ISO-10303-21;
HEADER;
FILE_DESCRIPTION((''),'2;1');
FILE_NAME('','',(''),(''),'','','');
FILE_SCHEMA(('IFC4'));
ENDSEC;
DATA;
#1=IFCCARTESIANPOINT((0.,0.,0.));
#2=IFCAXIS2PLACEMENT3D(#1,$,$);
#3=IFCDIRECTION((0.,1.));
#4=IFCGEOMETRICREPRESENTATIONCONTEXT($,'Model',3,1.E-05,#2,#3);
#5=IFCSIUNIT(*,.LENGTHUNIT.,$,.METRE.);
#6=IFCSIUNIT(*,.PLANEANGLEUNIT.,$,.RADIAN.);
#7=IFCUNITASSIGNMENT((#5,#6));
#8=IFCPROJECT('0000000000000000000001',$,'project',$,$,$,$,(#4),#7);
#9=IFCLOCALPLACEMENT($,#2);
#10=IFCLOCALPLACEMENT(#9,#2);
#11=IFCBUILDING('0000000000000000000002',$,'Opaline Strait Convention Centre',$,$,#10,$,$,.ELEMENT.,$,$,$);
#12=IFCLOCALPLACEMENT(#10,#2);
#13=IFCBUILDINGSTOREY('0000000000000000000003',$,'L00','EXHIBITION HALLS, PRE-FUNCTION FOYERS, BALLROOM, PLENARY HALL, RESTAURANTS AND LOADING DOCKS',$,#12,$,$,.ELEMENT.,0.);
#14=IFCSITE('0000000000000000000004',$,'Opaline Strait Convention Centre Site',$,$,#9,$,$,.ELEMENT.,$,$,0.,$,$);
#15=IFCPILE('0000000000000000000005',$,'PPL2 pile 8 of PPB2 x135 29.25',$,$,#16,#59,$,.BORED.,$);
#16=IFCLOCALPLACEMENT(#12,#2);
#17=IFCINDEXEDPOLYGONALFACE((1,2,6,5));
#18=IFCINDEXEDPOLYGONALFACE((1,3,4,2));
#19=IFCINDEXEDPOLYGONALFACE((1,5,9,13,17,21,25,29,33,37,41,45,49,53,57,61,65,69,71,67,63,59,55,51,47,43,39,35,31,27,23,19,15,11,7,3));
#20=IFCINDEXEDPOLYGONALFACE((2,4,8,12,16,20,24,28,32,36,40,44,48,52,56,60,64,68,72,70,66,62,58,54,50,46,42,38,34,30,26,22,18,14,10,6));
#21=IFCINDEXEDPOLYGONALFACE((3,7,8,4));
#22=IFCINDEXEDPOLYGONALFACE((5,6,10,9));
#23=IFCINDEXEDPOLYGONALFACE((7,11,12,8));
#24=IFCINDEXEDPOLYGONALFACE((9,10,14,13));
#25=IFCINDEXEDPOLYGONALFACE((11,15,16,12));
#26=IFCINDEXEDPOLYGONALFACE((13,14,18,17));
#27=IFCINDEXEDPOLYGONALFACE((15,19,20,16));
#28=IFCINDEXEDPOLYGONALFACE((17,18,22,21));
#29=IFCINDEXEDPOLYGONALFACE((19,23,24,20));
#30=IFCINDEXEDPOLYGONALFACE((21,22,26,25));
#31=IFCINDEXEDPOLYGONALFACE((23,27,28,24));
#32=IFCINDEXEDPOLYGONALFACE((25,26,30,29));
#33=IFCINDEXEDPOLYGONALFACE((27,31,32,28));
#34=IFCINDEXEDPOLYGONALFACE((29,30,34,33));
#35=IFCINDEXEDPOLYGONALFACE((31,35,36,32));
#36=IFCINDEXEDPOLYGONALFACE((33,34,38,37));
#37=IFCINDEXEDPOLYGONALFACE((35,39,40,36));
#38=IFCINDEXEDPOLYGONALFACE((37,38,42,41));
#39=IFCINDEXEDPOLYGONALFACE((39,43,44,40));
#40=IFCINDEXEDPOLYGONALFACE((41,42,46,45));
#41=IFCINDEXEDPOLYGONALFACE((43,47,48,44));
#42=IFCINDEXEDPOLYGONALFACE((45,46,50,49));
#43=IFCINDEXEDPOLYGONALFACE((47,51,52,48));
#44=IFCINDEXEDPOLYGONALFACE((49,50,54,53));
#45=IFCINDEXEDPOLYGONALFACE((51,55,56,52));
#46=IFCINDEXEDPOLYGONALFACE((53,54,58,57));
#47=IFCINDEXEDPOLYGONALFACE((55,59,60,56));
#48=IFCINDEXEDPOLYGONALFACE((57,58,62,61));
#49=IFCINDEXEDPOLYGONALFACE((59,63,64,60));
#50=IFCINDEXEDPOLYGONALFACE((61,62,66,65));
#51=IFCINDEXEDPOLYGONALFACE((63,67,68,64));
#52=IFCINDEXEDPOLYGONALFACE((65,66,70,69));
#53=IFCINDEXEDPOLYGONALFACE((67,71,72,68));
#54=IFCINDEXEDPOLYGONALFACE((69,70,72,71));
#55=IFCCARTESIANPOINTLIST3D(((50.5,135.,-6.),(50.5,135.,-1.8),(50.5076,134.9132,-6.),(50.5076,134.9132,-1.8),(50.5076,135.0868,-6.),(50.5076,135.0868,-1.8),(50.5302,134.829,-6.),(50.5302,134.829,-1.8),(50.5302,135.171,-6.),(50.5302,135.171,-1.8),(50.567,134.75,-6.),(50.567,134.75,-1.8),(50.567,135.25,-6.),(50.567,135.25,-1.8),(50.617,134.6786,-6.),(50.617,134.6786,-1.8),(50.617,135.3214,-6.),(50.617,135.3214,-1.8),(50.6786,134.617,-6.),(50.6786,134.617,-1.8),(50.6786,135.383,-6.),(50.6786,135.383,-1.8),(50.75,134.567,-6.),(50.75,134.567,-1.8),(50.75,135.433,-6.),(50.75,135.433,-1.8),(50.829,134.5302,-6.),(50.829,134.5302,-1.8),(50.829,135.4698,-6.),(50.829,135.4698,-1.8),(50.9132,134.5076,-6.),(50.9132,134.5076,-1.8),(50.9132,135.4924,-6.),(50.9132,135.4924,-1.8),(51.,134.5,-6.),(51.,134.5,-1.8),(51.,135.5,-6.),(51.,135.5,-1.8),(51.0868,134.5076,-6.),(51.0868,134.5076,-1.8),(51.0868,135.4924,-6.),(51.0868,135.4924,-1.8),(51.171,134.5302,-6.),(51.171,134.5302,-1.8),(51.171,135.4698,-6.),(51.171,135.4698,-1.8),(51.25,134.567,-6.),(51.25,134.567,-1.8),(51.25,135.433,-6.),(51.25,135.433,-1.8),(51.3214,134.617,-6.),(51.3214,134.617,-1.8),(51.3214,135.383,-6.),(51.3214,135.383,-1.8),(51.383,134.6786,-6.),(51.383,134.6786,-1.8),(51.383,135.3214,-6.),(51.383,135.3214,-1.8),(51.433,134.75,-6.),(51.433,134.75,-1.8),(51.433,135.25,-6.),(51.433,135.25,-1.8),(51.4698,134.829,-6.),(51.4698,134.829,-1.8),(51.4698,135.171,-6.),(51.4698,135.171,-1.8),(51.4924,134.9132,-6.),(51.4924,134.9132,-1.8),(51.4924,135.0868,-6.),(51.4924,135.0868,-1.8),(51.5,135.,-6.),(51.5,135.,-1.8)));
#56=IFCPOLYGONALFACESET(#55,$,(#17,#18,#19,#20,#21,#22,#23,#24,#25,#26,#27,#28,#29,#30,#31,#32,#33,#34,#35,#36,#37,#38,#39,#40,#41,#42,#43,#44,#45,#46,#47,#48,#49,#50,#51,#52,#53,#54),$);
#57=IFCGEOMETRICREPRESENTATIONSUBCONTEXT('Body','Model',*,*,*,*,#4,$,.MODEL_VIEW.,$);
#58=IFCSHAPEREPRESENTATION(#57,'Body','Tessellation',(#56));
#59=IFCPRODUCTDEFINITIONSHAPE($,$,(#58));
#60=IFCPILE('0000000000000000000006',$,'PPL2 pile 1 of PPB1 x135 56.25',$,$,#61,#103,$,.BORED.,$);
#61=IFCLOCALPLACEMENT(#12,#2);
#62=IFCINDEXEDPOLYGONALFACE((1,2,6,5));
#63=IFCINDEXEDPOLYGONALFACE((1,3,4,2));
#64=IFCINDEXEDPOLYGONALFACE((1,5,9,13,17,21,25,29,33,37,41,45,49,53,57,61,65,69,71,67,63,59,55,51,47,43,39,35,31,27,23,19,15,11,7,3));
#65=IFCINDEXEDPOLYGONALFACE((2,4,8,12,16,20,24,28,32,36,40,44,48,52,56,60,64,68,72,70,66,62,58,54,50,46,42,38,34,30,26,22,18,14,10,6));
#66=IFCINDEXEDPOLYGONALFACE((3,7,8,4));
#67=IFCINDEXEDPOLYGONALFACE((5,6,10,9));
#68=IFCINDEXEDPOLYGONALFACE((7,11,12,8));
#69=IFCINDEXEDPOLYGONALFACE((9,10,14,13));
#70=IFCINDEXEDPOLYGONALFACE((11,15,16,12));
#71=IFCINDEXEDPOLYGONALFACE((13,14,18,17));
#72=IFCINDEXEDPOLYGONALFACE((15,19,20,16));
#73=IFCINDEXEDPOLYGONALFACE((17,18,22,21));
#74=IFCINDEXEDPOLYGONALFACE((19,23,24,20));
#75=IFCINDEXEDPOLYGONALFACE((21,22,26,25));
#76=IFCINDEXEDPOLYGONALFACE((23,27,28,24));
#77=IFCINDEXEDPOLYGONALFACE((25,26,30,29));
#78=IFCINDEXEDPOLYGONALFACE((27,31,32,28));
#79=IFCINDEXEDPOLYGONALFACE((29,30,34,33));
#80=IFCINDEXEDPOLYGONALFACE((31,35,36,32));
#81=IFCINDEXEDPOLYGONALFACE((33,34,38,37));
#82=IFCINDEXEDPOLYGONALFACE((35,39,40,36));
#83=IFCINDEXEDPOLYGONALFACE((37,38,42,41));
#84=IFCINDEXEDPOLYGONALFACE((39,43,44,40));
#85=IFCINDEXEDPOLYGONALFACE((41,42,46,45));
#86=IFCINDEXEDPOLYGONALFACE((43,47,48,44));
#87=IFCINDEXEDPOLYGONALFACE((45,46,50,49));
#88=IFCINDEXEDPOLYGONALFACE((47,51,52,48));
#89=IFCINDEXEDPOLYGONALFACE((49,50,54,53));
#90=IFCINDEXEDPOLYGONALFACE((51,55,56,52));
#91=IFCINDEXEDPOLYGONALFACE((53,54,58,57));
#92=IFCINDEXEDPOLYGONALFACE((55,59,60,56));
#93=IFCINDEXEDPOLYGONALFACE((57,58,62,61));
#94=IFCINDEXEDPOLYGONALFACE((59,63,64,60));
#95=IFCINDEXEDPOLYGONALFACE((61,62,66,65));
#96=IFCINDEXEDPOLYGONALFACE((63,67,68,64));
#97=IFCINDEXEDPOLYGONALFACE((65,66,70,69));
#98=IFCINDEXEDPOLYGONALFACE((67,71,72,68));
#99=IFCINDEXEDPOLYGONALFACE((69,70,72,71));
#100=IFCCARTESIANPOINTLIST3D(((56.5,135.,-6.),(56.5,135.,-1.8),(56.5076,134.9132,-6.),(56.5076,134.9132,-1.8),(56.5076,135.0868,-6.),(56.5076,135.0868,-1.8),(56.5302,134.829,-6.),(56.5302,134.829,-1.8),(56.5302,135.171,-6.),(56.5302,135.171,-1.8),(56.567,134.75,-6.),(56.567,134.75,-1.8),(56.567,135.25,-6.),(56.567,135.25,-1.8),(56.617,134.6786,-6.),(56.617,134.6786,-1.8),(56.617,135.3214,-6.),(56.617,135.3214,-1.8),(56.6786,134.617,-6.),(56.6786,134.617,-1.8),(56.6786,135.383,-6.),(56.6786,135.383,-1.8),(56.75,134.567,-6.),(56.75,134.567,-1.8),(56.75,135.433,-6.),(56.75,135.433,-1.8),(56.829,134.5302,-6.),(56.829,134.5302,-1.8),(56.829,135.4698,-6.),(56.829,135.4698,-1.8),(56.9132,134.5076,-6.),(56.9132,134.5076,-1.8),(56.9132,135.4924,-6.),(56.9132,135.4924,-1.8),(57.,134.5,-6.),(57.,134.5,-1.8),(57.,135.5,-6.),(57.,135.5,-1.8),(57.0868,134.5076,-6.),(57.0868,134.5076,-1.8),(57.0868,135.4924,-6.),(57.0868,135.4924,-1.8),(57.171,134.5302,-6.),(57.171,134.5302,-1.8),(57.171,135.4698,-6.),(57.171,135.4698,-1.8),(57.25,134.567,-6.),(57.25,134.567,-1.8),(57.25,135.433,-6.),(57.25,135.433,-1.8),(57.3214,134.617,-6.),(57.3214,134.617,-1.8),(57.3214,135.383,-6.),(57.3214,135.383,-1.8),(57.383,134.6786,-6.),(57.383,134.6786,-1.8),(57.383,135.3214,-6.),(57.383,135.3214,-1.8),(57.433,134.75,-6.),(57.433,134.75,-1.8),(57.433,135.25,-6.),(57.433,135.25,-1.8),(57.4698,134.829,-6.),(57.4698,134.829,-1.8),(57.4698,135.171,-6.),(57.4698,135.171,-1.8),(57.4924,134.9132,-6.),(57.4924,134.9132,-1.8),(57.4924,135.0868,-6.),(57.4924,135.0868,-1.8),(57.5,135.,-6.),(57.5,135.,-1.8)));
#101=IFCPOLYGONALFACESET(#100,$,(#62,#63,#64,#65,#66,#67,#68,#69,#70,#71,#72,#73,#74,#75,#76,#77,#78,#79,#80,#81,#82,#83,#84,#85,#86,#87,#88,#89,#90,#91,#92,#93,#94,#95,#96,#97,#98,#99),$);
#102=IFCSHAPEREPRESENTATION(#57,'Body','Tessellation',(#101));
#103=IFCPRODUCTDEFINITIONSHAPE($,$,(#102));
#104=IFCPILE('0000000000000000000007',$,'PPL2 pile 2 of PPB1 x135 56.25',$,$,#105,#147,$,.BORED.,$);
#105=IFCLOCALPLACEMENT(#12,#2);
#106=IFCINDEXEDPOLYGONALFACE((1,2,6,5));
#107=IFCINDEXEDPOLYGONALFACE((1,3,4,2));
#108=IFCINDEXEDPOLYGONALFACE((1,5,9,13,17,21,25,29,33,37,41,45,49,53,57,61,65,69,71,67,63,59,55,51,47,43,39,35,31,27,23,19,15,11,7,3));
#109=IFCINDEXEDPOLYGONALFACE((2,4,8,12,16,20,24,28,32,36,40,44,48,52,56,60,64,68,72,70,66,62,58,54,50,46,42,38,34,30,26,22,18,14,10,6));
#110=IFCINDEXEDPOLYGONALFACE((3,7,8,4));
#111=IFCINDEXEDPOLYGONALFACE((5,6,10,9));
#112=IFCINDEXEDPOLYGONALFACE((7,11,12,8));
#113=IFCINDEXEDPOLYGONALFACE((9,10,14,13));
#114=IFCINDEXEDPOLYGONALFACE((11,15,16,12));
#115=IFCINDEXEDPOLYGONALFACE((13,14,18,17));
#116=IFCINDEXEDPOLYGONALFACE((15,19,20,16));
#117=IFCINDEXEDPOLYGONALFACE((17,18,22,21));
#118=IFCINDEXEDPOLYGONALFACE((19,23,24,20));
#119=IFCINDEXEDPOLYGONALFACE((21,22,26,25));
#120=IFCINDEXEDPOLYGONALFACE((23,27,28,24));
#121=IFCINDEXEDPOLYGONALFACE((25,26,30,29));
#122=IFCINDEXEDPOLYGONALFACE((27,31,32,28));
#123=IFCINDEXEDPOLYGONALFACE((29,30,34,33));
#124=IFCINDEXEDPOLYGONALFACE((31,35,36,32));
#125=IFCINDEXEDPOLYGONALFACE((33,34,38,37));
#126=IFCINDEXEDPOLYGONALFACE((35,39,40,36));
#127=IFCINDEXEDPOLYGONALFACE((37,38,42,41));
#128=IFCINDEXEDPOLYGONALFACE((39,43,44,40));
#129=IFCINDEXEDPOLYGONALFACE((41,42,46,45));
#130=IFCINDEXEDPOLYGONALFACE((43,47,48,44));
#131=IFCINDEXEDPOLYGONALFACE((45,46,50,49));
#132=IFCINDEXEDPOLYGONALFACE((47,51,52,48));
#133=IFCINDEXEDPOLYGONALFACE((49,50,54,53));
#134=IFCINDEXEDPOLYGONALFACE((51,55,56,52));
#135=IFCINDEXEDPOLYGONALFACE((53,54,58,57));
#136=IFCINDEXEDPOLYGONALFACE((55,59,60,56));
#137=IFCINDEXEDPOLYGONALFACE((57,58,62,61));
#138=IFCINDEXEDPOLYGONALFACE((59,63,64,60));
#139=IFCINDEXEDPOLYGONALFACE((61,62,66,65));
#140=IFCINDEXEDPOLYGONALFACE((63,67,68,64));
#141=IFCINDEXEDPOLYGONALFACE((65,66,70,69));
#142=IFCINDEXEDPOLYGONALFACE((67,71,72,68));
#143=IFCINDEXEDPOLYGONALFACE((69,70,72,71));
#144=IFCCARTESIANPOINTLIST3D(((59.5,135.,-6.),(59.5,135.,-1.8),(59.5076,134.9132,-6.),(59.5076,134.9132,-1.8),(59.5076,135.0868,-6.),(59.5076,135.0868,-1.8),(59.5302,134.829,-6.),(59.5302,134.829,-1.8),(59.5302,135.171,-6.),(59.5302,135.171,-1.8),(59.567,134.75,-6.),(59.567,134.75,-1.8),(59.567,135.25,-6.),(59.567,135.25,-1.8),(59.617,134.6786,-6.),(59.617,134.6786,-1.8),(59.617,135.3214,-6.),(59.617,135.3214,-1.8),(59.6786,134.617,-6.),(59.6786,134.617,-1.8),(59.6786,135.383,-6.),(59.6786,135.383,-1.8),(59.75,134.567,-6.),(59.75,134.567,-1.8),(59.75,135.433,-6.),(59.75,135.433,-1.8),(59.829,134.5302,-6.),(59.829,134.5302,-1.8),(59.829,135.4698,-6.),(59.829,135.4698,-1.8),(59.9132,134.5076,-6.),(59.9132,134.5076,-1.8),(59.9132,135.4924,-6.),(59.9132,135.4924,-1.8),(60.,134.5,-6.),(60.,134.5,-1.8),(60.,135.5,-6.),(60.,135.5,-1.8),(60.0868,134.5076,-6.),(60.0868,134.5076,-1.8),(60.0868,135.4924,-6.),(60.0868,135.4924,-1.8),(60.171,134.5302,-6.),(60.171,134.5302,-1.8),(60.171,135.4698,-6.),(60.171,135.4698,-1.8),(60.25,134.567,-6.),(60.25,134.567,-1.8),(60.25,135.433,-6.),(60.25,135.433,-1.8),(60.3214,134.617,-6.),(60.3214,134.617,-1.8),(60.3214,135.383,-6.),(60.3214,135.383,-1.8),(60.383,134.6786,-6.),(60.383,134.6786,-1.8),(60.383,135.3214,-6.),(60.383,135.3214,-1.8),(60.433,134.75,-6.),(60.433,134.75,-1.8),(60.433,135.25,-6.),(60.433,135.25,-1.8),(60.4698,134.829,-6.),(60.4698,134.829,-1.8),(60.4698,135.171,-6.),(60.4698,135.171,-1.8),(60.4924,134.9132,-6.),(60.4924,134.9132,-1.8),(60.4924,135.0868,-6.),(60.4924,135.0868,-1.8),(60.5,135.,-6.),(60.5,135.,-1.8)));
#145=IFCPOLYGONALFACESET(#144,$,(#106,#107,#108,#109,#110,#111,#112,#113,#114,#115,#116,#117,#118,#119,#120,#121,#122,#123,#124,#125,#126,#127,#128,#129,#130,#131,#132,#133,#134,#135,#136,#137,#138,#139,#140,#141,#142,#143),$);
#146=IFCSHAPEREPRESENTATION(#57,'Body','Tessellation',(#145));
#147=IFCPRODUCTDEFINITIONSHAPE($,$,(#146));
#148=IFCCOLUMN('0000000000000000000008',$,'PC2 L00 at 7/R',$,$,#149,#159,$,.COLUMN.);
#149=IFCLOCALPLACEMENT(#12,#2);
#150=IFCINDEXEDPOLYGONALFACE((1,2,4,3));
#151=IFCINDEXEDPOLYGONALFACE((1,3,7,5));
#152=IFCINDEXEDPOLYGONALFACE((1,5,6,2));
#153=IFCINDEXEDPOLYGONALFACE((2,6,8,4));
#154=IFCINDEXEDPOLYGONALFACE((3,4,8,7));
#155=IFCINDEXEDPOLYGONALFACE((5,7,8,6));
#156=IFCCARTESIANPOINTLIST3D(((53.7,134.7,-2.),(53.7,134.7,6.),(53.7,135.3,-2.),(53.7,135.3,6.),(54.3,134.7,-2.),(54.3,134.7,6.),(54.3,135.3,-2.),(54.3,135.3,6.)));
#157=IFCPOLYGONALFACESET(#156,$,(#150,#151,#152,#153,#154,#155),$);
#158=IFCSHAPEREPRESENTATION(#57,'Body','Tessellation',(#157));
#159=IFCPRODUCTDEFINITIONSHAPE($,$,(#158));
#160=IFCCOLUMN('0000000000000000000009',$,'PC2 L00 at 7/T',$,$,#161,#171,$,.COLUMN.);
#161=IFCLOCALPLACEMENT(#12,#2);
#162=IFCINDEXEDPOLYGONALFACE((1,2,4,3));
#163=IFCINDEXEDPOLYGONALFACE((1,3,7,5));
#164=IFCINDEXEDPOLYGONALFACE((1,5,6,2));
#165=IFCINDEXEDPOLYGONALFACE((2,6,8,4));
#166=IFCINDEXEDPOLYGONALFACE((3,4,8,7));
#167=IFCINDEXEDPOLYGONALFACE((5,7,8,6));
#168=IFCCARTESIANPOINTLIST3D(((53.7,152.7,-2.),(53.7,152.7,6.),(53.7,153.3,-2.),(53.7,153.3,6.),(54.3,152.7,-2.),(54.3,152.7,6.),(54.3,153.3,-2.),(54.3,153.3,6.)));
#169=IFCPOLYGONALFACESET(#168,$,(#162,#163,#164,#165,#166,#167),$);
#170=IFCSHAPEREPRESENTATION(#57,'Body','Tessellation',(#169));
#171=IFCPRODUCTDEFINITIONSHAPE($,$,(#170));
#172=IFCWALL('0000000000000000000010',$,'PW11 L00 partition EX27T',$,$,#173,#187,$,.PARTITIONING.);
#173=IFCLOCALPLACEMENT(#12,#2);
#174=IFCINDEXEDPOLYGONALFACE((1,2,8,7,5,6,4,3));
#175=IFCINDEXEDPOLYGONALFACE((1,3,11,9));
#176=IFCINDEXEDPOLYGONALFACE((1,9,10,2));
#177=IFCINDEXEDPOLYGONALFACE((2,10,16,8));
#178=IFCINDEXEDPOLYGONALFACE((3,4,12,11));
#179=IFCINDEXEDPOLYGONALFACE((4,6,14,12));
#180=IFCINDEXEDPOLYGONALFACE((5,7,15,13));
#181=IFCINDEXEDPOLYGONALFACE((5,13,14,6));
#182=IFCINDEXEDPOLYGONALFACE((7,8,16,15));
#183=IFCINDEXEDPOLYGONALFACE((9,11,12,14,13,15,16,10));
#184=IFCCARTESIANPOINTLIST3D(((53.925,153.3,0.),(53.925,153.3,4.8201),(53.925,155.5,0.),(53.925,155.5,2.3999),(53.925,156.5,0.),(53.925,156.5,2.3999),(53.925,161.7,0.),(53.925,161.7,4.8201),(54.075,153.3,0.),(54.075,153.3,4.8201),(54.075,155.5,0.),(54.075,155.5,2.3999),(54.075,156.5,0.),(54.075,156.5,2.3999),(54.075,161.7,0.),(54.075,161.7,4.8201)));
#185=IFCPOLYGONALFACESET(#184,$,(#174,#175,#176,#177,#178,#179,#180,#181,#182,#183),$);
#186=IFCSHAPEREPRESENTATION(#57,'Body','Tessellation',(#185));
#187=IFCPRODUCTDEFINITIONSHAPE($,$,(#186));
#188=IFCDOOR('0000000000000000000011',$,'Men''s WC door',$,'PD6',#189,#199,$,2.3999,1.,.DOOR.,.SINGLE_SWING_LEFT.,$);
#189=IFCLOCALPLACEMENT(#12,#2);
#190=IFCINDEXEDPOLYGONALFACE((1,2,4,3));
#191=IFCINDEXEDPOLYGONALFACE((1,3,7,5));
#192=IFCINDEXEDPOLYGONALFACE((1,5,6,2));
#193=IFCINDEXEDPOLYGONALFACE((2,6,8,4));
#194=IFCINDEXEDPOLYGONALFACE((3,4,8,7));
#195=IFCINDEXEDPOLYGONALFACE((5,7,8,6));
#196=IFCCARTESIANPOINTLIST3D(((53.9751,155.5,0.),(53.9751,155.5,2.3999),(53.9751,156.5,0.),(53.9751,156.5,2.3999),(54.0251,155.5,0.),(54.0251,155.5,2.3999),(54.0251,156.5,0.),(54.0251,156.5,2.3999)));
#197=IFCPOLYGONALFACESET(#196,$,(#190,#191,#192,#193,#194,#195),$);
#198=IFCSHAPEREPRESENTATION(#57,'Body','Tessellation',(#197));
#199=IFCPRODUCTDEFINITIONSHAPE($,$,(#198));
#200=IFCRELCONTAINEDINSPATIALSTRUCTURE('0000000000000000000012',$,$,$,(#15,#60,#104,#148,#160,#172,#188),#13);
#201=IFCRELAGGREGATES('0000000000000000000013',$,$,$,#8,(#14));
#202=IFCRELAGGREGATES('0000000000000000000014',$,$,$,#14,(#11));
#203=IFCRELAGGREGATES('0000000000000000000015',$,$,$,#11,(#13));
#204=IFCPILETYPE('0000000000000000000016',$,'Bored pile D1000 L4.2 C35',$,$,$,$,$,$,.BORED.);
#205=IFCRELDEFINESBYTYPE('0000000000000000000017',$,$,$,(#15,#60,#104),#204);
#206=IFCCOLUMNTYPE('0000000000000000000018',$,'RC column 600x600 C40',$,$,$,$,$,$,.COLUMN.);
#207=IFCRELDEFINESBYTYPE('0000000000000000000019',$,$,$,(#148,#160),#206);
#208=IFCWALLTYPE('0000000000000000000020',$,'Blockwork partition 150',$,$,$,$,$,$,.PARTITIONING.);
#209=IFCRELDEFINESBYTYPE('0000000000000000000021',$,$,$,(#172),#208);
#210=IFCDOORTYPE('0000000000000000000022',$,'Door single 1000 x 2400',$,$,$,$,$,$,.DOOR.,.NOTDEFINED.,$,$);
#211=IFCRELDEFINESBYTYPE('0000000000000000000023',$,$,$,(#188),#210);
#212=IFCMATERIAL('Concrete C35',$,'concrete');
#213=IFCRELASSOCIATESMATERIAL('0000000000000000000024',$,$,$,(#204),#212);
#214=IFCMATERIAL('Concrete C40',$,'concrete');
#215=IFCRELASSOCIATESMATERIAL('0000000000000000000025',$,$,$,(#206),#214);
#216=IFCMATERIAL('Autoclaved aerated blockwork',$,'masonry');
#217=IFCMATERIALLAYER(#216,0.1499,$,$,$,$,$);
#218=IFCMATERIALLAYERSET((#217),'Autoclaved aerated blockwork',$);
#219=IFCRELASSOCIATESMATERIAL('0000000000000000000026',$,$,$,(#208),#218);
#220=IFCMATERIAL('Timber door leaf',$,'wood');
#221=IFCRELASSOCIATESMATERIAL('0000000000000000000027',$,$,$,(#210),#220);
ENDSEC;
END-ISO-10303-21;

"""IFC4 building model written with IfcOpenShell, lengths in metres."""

from ifc_helpers import new_model, si_unit, direction, frame, frame_2d, origin, origin_2d, place, context, subcontext, project, spatial, rectangle, circle, extrude, material, layer, layer_set, material_profile, profile_set, type_object, element, fill, save


model = new_model("IFC4")

# Units and contexts
model_context = context("Model", 3, precision=1e-05, world=origin(), true_north=direction((0.0, 1.0)))
body_context = subcontext(model_context, "Body", "Model", "MODEL_VIEW")
ifc_project = project(units=[si_unit("LENGTHUNIT", "METRE"), si_unit("PLANEANGLEUNIT", "RADIAN")], contexts=[model_context])

# Site, building, storey
site_placement = place(None, origin())
site = spatial("IfcSite", under=ifc_project, at=site_placement, Name="Opaline Strait Convention Centre Site", CompositionType="ELEMENT", RefElevation=0.0)
building_placement = place(site_placement, origin())
building = spatial("IfcBuilding", under=site, at=building_placement, Name="Opaline Strait Convention Centre", CompositionType="ELEMENT")
storey_placement = place(building_placement, origin())
storey = spatial("IfcBuildingStorey", under=building, at=storey_placement, Name="L00", Description="EXHIBITION HALLS, PRE-FUNCTION FOYERS, BALLROOM, PLENARY HALL, RESTAURANTS AND LOADING DOCKS", CompositionType="ELEMENT", Elevation=0.0)

# Piles
ifc_material_1 = material(Name="Concrete C35", Category="concrete")
ifc_material_profile_1 = material_profile(ifc_material_1, circle(Radius=0.5, at=origin_2d()), Name="D1000")
ifc_profile_set_1 = profile_set([ifc_material_profile_1], Name="Concrete C35")
pile_type_1 = type_object("IfcPileType", Name="Bored pile D1000 L4.2 C35", PredefinedType="BORED", material=ifc_profile_set_1)
for number, where, z_axis, x_axis, name in (
    (1, (51.0, 135.0, -1.8), (0.0, 0.0, -1.0), (1.0, 0.0, 0.0), "PPL2 pile 8 of PPB2 x135 29.25"),
    (2, (57.0, 135.0, -1.8), (0.0, 0.0, -1.0), (1.0, 0.0, 0.0), "PPL2 pile 1 of PPB1 x135 56.25"),
    (3, (60.0, 135.0, -1.8), (0.0, 0.0, -1.0), (1.0, 0.0, 0.0), "PPL2 pile 2 of PPB1 x135 56.25"),
):
    element("IfcPile", number, at=place(storey_placement, frame(where, z_axis=z_axis, x_axis=x_axis)), inside=storey, type_object=pile_type_1, Name=name, PredefinedType="BORED", context=body_context, shape_type="SweptSolid", body=[
        extrude(circle(Radius=0.5, at=origin_2d()), origin(), (0.0, 0.0, 1.0), 4.2),
    ])

# Columns
ifc_material_2 = material(Name="Concrete C40", Category="concrete")
ifc_material_profile_2 = material_profile(ifc_material_2, rectangle(XDim=0.6001, YDim=0.6001, at=origin_2d()), Name="RC 600x600")
ifc_profile_set_2 = profile_set([ifc_material_profile_2], Name="Concrete C40")
column_type = type_object("IfcColumnType", Name="RC column 600x600 C40", PredefinedType="COLUMN", material=ifc_profile_set_2)
for number, where, z_axis, x_axis, name in (
    (4, (54.0, 135.0, -2.0), (0.0, 0.0, 1.0), (1.0, 0.0, 0.0), "PC2 L00 at 7/R"),
    (5, (54.0, 153.0, -2.0), (0.0, 0.0, 1.0), (1.0, 0.0, 0.0), "PC2 L00 at 7/T"),
):
    element("IfcColumn", number, at=place(storey_placement, frame(where, z_axis=z_axis, x_axis=x_axis)), inside=storey, type_object=column_type, Name=name, PredefinedType="COLUMN", context=body_context, shape_type="SweptSolid", body=[
        extrude(rectangle(XDim=0.6001, YDim=0.6001, at=origin_2d()), origin(), (0.0, 0.0, 1.0), 8.0),
    ])

# Wall, opening, door
ifc_material_3 = material(Name="Autoclaved aerated blockwork", Category="masonry")
ifc_layer_1 = layer(ifc_material_3, 0.1499)
ifc_layer_set_1 = layer_set([ifc_layer_1], Name="Autoclaved aerated blockwork")
wall_type_1 = type_object("IfcWallType", Name="Blockwork partition 150", PredefinedType="PARTITIONING", material=ifc_layer_set_1)
wall_1_placement = place(storey_placement, frame((54.0, 153.3, 0.0), z_axis=(0.0, 0.0, 1.0), x_axis=(0.0, 1.0, 0.0)))
wall_1 = element("IfcWall", 6, at=wall_1_placement, inside=storey, type_object=wall_type_1, Name="PW11 L00 partition EX27T", PredefinedType="PARTITIONING", context=body_context, shape_type="SweptSolid", body=[
    extrude(rectangle(XDim=8.3999, YDim=0.1499, at=frame_2d((4.2, 0.0))), origin(), (0.0, 0.0, 1.0), 4.8201),
])
opening_placement = place(wall_1_placement, frame((2.2, 0.0, 0.0)))
opening = element("IfcOpeningElement", 7, at=opening_placement, cuts=wall_1, PredefinedType="OPENING", context=body_context, shape_type="SweptSolid", body=[
    extrude(rectangle(XDim=1.0, YDim=2.3999, at=frame_2d((0.5, 1.2))), frame((0.0, 0.085, 0.0), z_axis=(0.0, -1.0, 0.0), x_axis=(1.0, 0.0, 0.0)), (0.0, 0.0, 1.0), 0.1699),
])
ifc_material_4 = material(Name="Timber door leaf", Category="wood")
door_type = type_object("IfcDoorType", Name="Door single 1000 x 2400", OperationType="NOTDEFINED", PredefinedType="DOOR", material=ifc_material_4)
door_placement = place(opening_placement, origin())
door = element("IfcDoor", 8, at=door_placement, inside=storey, type_object=door_type, Name="Men's WC door", ObjectType="PD6", OperationType="SINGLE_SWING_LEFT", OverallHeight=2.3999, OverallWidth=1.0, PredefinedType="DOOR", context=body_context, shape_type="SweptSolid", body=[
    extrude(rectangle(XDim=1.0, YDim=2.3999, at=frame_2d((0.5, 1.2))), frame((0.0, 0.0249, 0.0), z_axis=(0.0, -1.0, 0.0), x_axis=(1.0, 0.0, 0.0)), (0.0, 0.0, 1.0), 0.05),
])
fill(opening, door)

save(model, "model.ifc")
